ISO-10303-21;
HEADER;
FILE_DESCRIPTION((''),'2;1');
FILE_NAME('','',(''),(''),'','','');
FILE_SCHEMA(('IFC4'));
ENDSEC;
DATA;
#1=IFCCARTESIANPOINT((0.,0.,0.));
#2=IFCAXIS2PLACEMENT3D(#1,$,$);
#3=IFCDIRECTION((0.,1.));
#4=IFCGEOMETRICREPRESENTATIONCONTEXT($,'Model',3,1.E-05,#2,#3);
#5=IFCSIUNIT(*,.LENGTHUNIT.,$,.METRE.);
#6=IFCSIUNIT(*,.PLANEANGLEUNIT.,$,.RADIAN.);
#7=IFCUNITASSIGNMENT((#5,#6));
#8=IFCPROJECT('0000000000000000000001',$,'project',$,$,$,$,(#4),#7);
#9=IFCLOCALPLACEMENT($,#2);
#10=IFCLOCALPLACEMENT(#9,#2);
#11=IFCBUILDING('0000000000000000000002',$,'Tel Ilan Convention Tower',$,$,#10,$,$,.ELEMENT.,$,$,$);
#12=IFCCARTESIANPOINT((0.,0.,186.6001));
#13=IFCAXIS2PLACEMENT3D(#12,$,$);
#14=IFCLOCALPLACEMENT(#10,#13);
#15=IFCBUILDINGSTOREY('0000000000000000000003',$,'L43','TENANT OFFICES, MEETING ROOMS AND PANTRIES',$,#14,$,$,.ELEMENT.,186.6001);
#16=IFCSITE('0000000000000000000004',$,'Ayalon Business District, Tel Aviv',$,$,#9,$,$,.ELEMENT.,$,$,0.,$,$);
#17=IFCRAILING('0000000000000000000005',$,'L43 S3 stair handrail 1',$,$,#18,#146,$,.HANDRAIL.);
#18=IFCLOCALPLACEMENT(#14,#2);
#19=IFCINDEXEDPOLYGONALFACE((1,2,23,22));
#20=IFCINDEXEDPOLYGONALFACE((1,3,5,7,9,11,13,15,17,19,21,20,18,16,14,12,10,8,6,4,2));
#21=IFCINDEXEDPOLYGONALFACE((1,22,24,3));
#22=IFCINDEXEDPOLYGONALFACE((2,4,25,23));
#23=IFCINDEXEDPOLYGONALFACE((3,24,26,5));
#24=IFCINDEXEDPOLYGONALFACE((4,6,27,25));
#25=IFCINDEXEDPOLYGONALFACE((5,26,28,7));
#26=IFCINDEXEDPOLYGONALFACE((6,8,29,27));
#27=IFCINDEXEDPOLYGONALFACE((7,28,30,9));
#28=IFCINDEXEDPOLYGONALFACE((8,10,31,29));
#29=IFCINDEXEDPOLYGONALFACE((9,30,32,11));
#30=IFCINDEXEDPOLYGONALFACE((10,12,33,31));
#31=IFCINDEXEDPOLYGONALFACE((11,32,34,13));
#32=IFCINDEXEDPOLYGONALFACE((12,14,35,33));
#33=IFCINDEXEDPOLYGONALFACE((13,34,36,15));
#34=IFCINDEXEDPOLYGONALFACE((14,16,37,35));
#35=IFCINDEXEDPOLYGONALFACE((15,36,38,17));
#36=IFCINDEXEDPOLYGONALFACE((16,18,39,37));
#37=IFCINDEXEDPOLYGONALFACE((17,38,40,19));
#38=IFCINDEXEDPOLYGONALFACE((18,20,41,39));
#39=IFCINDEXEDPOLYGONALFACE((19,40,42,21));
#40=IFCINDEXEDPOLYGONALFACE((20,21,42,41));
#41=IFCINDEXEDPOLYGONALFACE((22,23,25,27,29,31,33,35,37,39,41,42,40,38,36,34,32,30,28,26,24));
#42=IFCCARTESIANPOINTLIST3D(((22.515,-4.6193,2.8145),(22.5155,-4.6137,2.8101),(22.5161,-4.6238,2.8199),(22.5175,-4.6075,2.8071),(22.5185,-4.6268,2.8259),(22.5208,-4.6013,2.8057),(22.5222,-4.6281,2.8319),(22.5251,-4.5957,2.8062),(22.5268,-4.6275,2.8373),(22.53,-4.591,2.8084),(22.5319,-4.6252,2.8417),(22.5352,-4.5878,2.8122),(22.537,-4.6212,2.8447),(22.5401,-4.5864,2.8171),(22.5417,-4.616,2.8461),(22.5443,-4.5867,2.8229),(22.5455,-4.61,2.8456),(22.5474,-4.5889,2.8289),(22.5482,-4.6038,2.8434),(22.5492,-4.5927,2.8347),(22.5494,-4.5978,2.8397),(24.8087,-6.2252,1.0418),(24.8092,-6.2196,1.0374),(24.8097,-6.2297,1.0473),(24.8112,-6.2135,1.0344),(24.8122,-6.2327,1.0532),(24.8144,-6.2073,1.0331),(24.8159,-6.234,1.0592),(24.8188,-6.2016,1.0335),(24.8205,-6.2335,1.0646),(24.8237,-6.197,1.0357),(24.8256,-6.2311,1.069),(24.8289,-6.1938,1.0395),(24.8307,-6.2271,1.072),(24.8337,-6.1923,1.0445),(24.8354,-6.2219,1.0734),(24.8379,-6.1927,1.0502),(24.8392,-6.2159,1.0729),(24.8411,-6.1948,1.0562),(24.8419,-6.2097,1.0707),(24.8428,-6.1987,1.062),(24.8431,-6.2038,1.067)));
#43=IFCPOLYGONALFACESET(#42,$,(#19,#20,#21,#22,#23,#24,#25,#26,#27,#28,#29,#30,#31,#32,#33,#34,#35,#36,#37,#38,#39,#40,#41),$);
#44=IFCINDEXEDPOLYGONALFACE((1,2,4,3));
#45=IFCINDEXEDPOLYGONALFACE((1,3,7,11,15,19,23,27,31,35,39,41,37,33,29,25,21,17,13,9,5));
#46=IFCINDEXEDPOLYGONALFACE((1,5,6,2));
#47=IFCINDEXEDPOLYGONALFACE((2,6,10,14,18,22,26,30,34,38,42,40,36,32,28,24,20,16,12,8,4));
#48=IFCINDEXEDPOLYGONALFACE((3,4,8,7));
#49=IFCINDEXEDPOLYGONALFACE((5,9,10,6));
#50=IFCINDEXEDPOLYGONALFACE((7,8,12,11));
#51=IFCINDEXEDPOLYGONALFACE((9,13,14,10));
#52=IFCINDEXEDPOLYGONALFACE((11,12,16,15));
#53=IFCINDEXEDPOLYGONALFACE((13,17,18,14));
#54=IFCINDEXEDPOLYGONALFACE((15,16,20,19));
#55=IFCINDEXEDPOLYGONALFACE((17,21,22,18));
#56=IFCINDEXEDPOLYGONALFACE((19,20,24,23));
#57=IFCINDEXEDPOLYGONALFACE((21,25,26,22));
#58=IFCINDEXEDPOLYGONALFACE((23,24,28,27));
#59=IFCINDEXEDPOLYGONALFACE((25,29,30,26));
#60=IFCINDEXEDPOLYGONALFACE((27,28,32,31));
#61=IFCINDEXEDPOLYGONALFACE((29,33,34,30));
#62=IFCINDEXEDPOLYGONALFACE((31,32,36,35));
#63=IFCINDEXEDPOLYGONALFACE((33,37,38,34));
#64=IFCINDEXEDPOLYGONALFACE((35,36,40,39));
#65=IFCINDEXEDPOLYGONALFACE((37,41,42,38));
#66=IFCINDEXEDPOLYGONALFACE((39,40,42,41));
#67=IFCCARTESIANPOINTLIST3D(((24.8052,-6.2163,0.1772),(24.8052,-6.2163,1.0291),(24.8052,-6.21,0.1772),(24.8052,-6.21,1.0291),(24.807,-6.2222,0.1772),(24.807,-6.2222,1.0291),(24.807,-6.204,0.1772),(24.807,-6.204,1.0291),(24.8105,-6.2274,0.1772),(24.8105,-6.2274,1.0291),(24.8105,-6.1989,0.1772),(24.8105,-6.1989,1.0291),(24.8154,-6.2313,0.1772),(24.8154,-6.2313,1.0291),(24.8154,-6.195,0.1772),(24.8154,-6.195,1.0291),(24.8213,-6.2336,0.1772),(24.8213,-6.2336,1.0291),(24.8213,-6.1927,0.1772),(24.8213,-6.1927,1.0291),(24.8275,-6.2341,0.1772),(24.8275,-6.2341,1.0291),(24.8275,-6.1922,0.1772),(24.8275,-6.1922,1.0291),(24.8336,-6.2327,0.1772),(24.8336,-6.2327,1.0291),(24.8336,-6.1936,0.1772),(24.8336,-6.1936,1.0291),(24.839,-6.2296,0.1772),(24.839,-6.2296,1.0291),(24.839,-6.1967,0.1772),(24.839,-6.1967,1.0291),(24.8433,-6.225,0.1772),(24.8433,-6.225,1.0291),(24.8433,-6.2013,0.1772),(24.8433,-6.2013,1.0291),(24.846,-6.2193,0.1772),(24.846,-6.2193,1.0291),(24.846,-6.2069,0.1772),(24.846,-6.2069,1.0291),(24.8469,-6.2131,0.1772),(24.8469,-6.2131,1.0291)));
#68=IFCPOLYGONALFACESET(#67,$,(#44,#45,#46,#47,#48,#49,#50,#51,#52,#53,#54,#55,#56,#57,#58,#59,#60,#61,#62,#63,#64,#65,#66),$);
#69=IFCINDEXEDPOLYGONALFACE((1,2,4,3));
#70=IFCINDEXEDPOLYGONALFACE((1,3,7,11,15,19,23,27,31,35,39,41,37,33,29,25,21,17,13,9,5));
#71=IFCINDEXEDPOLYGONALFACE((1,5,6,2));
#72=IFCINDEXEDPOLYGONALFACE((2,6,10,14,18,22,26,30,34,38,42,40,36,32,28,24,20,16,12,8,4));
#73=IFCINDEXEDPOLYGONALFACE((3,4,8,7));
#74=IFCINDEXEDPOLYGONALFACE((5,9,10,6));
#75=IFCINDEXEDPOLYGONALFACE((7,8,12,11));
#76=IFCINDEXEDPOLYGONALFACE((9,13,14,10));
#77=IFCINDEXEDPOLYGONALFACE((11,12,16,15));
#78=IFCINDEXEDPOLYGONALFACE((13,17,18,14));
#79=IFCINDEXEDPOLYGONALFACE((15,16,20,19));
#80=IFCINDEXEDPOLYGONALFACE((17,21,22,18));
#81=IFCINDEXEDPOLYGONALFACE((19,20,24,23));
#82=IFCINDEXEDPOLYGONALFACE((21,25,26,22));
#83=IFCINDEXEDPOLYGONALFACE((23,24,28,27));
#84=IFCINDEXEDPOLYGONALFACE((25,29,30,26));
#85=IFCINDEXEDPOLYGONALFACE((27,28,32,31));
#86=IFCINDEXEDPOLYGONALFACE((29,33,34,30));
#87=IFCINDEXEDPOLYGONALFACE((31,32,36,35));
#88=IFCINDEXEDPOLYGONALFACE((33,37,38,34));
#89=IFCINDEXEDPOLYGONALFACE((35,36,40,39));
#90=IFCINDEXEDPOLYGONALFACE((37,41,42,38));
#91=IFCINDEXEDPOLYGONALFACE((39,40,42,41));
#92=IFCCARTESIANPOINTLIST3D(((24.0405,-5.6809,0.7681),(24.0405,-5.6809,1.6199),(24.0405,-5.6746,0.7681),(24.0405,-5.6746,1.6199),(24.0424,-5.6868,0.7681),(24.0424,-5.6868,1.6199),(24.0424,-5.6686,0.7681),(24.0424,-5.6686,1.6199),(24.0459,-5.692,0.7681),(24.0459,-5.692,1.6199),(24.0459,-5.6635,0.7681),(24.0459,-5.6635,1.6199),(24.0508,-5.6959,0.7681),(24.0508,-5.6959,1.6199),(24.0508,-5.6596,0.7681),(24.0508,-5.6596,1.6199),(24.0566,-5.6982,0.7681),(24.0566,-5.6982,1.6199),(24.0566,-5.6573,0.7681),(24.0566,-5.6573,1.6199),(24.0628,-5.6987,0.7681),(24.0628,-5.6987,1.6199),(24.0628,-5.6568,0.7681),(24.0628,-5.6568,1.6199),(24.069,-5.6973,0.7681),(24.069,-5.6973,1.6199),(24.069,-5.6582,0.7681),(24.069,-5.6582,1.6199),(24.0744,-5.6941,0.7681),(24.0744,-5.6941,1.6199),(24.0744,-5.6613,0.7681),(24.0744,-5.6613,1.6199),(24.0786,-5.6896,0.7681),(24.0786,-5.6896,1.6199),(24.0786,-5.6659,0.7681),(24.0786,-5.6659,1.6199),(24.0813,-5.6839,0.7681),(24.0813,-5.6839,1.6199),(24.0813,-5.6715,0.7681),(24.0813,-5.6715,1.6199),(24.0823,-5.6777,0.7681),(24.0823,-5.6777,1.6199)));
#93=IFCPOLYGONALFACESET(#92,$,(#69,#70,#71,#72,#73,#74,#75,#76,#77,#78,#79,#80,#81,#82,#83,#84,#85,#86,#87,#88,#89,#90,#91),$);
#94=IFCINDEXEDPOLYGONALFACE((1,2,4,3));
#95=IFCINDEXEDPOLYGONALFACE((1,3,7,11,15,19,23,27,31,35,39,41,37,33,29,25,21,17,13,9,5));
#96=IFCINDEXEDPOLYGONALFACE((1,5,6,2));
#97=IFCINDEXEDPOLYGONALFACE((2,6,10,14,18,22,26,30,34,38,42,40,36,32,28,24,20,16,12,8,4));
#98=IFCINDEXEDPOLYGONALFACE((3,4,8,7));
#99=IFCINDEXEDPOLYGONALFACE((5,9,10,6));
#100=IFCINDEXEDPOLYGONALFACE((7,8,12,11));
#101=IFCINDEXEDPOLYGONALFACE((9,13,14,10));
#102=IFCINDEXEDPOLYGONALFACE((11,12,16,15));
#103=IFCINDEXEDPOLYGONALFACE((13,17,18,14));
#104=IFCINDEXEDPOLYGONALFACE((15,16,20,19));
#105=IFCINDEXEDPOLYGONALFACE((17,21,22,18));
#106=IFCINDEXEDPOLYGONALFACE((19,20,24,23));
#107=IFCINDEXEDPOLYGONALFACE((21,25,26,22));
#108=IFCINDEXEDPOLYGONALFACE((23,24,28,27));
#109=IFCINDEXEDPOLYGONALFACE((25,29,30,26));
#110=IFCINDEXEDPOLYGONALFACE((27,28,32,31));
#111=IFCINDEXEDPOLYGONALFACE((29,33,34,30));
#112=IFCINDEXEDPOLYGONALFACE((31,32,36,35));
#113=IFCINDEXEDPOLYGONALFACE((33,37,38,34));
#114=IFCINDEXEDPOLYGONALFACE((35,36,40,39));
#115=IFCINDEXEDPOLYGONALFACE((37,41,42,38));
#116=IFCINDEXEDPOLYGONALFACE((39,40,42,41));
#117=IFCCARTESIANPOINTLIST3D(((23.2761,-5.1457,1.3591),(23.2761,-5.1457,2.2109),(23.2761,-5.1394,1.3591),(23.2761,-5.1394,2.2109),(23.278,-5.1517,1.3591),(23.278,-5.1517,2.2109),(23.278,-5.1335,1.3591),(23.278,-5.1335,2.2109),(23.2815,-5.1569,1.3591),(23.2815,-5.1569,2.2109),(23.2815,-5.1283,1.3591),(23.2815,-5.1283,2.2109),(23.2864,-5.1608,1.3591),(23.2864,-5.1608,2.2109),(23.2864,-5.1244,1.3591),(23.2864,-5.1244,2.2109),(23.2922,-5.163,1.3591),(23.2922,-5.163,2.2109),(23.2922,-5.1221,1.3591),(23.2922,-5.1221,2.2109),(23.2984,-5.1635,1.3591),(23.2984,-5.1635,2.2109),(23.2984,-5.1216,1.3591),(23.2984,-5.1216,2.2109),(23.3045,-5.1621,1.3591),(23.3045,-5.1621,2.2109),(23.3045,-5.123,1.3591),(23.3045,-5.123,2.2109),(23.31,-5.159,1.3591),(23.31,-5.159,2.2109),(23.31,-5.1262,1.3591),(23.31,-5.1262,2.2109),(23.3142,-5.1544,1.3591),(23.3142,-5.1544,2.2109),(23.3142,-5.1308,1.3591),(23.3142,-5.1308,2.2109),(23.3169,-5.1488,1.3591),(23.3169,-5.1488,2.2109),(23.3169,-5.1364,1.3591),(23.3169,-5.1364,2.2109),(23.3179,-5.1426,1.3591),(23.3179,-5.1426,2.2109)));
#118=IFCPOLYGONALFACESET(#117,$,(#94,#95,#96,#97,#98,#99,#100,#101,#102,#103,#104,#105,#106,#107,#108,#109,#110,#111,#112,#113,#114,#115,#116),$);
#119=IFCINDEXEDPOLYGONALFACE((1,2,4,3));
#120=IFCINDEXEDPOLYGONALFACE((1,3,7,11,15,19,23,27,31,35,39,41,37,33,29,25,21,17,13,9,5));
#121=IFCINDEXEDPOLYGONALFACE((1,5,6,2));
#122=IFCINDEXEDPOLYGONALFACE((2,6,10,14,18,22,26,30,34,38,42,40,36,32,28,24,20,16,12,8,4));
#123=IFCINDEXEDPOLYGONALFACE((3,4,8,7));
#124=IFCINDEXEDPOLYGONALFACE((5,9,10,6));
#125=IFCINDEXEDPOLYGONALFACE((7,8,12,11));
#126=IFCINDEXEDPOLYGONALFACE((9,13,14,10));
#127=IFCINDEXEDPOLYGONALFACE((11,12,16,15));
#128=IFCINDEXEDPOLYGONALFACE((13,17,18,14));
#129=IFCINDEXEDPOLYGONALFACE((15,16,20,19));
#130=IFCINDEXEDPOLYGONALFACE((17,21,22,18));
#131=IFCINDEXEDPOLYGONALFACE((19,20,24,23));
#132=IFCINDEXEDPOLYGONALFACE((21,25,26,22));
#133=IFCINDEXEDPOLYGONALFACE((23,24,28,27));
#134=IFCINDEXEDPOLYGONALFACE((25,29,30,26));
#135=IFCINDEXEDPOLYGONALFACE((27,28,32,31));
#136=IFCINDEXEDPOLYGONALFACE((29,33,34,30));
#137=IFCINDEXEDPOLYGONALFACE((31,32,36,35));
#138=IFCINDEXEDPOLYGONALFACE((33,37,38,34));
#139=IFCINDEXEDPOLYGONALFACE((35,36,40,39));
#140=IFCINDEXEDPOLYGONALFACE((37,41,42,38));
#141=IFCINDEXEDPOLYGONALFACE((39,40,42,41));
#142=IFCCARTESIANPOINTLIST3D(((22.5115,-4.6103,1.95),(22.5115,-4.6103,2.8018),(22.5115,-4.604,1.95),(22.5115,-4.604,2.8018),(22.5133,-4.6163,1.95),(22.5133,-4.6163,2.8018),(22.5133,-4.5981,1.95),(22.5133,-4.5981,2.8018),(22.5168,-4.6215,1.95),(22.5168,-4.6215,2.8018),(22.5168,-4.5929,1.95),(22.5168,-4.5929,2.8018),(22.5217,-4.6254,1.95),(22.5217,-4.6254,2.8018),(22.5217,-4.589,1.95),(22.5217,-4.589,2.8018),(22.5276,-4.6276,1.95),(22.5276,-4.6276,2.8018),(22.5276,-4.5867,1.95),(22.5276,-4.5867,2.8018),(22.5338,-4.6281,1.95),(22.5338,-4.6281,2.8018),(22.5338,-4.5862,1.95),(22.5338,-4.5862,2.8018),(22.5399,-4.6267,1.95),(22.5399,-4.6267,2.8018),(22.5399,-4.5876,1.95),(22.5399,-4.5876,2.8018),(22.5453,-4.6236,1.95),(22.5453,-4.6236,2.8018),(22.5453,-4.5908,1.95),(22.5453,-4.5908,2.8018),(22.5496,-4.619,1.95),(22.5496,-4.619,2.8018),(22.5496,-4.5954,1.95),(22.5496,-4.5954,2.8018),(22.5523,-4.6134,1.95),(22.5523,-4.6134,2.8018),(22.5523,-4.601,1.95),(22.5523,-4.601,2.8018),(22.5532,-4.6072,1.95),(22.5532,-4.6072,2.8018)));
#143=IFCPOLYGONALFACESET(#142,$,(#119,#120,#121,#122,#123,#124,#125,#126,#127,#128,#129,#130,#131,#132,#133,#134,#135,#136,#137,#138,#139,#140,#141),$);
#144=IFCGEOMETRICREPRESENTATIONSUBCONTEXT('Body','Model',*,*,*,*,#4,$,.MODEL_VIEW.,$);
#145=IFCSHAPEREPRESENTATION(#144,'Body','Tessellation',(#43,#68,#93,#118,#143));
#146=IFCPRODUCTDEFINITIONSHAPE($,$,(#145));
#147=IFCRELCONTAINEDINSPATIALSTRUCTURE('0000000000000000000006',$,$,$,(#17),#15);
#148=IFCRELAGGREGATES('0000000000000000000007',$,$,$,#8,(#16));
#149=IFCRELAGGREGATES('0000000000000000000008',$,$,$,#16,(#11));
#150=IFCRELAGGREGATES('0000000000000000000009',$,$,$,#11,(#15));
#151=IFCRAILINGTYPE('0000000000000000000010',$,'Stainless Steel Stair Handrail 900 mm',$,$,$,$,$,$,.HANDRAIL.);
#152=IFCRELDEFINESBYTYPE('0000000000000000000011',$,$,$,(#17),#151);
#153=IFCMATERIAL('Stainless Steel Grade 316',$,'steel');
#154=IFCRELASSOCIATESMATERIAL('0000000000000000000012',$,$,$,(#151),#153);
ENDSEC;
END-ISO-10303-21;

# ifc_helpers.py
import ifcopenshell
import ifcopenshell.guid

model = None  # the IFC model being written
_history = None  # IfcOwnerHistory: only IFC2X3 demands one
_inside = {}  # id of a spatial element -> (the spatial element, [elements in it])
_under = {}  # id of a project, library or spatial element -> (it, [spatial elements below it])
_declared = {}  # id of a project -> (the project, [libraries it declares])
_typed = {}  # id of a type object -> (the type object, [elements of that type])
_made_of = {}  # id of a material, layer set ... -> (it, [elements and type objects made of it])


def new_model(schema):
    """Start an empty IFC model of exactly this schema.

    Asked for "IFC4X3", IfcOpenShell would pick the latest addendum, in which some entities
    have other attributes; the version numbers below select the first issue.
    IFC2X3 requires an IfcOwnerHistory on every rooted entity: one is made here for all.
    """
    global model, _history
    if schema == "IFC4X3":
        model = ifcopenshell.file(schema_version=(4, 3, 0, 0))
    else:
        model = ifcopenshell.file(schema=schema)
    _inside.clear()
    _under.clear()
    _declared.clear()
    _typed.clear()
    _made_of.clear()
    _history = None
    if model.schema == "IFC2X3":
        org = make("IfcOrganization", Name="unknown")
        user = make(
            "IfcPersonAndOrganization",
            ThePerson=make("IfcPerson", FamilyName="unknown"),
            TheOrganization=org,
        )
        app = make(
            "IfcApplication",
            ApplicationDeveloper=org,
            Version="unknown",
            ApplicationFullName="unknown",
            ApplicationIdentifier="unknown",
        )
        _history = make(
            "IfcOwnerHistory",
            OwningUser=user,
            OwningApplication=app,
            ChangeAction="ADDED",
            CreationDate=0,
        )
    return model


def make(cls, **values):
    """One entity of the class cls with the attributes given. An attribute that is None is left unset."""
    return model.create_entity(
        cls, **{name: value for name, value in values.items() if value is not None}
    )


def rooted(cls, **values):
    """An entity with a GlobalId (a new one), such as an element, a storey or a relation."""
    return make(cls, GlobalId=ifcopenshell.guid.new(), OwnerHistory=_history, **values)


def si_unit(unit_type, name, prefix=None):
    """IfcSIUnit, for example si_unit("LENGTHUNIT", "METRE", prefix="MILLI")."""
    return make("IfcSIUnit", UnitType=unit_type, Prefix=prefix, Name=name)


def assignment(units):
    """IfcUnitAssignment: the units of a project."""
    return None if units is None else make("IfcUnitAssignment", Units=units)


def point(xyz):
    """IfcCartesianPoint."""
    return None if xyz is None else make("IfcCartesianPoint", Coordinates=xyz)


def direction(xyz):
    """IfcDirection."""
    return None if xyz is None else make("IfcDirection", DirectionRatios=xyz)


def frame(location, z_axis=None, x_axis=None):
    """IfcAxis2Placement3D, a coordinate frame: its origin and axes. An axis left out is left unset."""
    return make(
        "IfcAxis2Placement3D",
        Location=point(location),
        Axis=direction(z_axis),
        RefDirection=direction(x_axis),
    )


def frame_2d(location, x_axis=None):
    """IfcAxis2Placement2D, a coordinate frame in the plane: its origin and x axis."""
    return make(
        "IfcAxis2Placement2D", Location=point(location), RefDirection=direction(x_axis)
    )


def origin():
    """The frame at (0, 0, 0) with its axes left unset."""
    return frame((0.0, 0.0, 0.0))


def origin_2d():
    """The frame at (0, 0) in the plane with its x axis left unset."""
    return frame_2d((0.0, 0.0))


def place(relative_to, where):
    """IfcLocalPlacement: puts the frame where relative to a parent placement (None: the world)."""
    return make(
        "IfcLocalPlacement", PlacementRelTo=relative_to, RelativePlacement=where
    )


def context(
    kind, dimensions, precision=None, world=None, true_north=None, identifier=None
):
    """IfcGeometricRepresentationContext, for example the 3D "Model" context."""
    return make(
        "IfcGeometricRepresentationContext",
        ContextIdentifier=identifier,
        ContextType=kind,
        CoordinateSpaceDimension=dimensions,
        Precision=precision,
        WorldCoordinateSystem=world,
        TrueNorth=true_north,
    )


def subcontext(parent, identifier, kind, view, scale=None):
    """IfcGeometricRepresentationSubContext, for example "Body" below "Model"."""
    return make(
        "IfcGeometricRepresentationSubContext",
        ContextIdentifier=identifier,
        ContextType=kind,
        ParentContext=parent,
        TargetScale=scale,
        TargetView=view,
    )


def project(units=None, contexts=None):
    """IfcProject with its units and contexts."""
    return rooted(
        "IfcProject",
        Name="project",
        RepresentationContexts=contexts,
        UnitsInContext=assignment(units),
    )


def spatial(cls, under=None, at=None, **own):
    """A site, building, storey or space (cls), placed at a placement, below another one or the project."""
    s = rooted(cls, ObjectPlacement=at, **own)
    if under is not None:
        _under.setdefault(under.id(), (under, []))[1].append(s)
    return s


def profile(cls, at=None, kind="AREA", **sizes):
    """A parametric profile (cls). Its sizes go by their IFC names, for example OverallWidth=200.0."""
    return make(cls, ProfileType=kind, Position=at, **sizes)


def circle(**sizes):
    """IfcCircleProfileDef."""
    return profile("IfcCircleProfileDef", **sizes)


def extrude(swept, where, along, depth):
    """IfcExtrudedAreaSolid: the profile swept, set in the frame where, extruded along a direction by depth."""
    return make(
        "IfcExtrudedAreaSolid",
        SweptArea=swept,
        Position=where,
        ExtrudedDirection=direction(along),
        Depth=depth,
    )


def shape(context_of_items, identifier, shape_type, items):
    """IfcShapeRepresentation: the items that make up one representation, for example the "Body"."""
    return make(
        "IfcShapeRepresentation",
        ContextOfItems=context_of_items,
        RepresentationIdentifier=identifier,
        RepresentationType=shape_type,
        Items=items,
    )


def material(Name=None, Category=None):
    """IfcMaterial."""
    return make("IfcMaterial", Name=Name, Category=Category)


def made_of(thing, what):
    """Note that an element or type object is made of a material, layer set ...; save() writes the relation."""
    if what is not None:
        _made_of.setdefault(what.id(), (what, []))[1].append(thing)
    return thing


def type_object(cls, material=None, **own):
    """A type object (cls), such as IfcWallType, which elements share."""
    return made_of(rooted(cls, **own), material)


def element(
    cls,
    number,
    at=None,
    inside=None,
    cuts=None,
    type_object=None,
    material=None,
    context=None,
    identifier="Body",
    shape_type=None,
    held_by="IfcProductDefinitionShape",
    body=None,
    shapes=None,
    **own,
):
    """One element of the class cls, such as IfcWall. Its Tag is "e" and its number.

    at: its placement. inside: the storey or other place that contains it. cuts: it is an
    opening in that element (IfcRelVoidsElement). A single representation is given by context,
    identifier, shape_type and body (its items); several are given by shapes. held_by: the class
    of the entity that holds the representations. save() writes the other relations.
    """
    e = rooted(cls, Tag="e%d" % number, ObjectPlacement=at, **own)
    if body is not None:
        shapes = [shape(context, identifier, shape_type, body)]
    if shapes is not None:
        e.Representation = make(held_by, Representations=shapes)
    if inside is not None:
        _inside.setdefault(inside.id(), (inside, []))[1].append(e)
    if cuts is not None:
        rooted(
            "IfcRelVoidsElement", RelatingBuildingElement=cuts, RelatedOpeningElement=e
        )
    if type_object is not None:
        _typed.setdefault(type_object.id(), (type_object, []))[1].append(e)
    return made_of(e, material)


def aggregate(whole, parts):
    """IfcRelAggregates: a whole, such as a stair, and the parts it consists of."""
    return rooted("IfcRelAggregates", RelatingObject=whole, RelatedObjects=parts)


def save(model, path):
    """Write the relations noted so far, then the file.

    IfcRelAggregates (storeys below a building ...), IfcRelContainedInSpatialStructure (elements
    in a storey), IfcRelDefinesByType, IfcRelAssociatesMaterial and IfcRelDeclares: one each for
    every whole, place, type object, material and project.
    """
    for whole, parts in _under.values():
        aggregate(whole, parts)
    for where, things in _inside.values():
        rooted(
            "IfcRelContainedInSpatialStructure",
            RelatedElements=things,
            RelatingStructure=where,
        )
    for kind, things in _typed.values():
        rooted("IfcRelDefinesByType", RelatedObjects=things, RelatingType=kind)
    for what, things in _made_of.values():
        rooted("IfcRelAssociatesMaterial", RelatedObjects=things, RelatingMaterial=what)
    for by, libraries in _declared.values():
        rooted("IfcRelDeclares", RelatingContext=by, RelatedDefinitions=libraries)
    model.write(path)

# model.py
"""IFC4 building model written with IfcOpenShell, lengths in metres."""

from ifc_helpers import new_model, si_unit, direction, frame, origin, origin_2d, place, context, subcontext, project, spatial, circle, extrude, material, type_object, element, save


model = new_model("IFC4")

# Units and contexts
model_context = context("Model", 3, precision=1e-05, world=origin(), true_north=direction((0.0, 1.0)))
body_context = subcontext(model_context, "Body", "Model", "MODEL_VIEW")
ifc_project = project(units=[si_unit("LENGTHUNIT", "METRE"), si_unit("PLANEANGLEUNIT", "RADIAN")], contexts=[model_context])

# Site, building, storey
site_placement = place(None, origin())
site = spatial("IfcSite", under=ifc_project, at=site_placement, Name="Ayalon Business District, Tel Aviv", CompositionType="ELEMENT", RefElevation=0.0)
building_placement = place(site_placement, origin())
building = spatial("IfcBuilding", under=site, at=building_placement, Name="Tel Ilan Convention Tower", CompositionType="ELEMENT")
storey_placement = place(building_placement, frame((0.0, 0.0, 186.6001)))
storey = spatial("IfcBuildingStorey", under=building, at=storey_placement, Name="L43", Description="TENANT OFFICES, MEETING ROOMS AND PANTRIES", CompositionType="ELEMENT", Elevation=186.6001)

# Railing
ifc_material_1 = material(Name="Stainless Steel Grade 316", Category="steel")
railing_type_1 = type_object("IfcRailingType", Name="Stainless Steel Stair Handrail 900 mm", PredefinedType="HANDRAIL", material=ifc_material_1)
railing_1_placement = place(storey_placement, frame((24.8259, -6.2131, 0.1772)))
element("IfcRailing", 1, at=railing_1_placement, inside=storey, type_object=railing_type_1, Name="L43 S3 stair handrail 1", PredefinedType="HANDRAIL", context=body_context, shape_type="SweptSolid", body=[
    extrude(circle(Radius=0.0239, at=origin_2d()), frame((0.0, 0.0, 0.876), z_axis=(-0.692123, 0.484597, 0.534913), x_axis=(-0.57355, -0.81917, 0.0)), (0.0, 0.0, 1.0), 3.314),
    extrude(circle(Radius=0.021, at=origin_2d()), origin(), (0.0, 0.0, 1.0), 0.8518),
    extrude(circle(Radius=0.021, at=origin_2d()), frame((-0.7646, 0.5354, 0.5908)), (0.0, 0.0, 1.0), 0.8518),
    extrude(circle(Radius=0.021, at=origin_2d()), frame((-1.5291, 1.0706, 1.1819)), (0.0, 0.0, 1.0), 0.8518),
    extrude(circle(Radius=0.021, at=origin_2d()), frame((-2.2937, 1.606, 1.7727)), (0.0, 0.0, 1.0), 0.8518),
])

save(model, "model.ifc")
